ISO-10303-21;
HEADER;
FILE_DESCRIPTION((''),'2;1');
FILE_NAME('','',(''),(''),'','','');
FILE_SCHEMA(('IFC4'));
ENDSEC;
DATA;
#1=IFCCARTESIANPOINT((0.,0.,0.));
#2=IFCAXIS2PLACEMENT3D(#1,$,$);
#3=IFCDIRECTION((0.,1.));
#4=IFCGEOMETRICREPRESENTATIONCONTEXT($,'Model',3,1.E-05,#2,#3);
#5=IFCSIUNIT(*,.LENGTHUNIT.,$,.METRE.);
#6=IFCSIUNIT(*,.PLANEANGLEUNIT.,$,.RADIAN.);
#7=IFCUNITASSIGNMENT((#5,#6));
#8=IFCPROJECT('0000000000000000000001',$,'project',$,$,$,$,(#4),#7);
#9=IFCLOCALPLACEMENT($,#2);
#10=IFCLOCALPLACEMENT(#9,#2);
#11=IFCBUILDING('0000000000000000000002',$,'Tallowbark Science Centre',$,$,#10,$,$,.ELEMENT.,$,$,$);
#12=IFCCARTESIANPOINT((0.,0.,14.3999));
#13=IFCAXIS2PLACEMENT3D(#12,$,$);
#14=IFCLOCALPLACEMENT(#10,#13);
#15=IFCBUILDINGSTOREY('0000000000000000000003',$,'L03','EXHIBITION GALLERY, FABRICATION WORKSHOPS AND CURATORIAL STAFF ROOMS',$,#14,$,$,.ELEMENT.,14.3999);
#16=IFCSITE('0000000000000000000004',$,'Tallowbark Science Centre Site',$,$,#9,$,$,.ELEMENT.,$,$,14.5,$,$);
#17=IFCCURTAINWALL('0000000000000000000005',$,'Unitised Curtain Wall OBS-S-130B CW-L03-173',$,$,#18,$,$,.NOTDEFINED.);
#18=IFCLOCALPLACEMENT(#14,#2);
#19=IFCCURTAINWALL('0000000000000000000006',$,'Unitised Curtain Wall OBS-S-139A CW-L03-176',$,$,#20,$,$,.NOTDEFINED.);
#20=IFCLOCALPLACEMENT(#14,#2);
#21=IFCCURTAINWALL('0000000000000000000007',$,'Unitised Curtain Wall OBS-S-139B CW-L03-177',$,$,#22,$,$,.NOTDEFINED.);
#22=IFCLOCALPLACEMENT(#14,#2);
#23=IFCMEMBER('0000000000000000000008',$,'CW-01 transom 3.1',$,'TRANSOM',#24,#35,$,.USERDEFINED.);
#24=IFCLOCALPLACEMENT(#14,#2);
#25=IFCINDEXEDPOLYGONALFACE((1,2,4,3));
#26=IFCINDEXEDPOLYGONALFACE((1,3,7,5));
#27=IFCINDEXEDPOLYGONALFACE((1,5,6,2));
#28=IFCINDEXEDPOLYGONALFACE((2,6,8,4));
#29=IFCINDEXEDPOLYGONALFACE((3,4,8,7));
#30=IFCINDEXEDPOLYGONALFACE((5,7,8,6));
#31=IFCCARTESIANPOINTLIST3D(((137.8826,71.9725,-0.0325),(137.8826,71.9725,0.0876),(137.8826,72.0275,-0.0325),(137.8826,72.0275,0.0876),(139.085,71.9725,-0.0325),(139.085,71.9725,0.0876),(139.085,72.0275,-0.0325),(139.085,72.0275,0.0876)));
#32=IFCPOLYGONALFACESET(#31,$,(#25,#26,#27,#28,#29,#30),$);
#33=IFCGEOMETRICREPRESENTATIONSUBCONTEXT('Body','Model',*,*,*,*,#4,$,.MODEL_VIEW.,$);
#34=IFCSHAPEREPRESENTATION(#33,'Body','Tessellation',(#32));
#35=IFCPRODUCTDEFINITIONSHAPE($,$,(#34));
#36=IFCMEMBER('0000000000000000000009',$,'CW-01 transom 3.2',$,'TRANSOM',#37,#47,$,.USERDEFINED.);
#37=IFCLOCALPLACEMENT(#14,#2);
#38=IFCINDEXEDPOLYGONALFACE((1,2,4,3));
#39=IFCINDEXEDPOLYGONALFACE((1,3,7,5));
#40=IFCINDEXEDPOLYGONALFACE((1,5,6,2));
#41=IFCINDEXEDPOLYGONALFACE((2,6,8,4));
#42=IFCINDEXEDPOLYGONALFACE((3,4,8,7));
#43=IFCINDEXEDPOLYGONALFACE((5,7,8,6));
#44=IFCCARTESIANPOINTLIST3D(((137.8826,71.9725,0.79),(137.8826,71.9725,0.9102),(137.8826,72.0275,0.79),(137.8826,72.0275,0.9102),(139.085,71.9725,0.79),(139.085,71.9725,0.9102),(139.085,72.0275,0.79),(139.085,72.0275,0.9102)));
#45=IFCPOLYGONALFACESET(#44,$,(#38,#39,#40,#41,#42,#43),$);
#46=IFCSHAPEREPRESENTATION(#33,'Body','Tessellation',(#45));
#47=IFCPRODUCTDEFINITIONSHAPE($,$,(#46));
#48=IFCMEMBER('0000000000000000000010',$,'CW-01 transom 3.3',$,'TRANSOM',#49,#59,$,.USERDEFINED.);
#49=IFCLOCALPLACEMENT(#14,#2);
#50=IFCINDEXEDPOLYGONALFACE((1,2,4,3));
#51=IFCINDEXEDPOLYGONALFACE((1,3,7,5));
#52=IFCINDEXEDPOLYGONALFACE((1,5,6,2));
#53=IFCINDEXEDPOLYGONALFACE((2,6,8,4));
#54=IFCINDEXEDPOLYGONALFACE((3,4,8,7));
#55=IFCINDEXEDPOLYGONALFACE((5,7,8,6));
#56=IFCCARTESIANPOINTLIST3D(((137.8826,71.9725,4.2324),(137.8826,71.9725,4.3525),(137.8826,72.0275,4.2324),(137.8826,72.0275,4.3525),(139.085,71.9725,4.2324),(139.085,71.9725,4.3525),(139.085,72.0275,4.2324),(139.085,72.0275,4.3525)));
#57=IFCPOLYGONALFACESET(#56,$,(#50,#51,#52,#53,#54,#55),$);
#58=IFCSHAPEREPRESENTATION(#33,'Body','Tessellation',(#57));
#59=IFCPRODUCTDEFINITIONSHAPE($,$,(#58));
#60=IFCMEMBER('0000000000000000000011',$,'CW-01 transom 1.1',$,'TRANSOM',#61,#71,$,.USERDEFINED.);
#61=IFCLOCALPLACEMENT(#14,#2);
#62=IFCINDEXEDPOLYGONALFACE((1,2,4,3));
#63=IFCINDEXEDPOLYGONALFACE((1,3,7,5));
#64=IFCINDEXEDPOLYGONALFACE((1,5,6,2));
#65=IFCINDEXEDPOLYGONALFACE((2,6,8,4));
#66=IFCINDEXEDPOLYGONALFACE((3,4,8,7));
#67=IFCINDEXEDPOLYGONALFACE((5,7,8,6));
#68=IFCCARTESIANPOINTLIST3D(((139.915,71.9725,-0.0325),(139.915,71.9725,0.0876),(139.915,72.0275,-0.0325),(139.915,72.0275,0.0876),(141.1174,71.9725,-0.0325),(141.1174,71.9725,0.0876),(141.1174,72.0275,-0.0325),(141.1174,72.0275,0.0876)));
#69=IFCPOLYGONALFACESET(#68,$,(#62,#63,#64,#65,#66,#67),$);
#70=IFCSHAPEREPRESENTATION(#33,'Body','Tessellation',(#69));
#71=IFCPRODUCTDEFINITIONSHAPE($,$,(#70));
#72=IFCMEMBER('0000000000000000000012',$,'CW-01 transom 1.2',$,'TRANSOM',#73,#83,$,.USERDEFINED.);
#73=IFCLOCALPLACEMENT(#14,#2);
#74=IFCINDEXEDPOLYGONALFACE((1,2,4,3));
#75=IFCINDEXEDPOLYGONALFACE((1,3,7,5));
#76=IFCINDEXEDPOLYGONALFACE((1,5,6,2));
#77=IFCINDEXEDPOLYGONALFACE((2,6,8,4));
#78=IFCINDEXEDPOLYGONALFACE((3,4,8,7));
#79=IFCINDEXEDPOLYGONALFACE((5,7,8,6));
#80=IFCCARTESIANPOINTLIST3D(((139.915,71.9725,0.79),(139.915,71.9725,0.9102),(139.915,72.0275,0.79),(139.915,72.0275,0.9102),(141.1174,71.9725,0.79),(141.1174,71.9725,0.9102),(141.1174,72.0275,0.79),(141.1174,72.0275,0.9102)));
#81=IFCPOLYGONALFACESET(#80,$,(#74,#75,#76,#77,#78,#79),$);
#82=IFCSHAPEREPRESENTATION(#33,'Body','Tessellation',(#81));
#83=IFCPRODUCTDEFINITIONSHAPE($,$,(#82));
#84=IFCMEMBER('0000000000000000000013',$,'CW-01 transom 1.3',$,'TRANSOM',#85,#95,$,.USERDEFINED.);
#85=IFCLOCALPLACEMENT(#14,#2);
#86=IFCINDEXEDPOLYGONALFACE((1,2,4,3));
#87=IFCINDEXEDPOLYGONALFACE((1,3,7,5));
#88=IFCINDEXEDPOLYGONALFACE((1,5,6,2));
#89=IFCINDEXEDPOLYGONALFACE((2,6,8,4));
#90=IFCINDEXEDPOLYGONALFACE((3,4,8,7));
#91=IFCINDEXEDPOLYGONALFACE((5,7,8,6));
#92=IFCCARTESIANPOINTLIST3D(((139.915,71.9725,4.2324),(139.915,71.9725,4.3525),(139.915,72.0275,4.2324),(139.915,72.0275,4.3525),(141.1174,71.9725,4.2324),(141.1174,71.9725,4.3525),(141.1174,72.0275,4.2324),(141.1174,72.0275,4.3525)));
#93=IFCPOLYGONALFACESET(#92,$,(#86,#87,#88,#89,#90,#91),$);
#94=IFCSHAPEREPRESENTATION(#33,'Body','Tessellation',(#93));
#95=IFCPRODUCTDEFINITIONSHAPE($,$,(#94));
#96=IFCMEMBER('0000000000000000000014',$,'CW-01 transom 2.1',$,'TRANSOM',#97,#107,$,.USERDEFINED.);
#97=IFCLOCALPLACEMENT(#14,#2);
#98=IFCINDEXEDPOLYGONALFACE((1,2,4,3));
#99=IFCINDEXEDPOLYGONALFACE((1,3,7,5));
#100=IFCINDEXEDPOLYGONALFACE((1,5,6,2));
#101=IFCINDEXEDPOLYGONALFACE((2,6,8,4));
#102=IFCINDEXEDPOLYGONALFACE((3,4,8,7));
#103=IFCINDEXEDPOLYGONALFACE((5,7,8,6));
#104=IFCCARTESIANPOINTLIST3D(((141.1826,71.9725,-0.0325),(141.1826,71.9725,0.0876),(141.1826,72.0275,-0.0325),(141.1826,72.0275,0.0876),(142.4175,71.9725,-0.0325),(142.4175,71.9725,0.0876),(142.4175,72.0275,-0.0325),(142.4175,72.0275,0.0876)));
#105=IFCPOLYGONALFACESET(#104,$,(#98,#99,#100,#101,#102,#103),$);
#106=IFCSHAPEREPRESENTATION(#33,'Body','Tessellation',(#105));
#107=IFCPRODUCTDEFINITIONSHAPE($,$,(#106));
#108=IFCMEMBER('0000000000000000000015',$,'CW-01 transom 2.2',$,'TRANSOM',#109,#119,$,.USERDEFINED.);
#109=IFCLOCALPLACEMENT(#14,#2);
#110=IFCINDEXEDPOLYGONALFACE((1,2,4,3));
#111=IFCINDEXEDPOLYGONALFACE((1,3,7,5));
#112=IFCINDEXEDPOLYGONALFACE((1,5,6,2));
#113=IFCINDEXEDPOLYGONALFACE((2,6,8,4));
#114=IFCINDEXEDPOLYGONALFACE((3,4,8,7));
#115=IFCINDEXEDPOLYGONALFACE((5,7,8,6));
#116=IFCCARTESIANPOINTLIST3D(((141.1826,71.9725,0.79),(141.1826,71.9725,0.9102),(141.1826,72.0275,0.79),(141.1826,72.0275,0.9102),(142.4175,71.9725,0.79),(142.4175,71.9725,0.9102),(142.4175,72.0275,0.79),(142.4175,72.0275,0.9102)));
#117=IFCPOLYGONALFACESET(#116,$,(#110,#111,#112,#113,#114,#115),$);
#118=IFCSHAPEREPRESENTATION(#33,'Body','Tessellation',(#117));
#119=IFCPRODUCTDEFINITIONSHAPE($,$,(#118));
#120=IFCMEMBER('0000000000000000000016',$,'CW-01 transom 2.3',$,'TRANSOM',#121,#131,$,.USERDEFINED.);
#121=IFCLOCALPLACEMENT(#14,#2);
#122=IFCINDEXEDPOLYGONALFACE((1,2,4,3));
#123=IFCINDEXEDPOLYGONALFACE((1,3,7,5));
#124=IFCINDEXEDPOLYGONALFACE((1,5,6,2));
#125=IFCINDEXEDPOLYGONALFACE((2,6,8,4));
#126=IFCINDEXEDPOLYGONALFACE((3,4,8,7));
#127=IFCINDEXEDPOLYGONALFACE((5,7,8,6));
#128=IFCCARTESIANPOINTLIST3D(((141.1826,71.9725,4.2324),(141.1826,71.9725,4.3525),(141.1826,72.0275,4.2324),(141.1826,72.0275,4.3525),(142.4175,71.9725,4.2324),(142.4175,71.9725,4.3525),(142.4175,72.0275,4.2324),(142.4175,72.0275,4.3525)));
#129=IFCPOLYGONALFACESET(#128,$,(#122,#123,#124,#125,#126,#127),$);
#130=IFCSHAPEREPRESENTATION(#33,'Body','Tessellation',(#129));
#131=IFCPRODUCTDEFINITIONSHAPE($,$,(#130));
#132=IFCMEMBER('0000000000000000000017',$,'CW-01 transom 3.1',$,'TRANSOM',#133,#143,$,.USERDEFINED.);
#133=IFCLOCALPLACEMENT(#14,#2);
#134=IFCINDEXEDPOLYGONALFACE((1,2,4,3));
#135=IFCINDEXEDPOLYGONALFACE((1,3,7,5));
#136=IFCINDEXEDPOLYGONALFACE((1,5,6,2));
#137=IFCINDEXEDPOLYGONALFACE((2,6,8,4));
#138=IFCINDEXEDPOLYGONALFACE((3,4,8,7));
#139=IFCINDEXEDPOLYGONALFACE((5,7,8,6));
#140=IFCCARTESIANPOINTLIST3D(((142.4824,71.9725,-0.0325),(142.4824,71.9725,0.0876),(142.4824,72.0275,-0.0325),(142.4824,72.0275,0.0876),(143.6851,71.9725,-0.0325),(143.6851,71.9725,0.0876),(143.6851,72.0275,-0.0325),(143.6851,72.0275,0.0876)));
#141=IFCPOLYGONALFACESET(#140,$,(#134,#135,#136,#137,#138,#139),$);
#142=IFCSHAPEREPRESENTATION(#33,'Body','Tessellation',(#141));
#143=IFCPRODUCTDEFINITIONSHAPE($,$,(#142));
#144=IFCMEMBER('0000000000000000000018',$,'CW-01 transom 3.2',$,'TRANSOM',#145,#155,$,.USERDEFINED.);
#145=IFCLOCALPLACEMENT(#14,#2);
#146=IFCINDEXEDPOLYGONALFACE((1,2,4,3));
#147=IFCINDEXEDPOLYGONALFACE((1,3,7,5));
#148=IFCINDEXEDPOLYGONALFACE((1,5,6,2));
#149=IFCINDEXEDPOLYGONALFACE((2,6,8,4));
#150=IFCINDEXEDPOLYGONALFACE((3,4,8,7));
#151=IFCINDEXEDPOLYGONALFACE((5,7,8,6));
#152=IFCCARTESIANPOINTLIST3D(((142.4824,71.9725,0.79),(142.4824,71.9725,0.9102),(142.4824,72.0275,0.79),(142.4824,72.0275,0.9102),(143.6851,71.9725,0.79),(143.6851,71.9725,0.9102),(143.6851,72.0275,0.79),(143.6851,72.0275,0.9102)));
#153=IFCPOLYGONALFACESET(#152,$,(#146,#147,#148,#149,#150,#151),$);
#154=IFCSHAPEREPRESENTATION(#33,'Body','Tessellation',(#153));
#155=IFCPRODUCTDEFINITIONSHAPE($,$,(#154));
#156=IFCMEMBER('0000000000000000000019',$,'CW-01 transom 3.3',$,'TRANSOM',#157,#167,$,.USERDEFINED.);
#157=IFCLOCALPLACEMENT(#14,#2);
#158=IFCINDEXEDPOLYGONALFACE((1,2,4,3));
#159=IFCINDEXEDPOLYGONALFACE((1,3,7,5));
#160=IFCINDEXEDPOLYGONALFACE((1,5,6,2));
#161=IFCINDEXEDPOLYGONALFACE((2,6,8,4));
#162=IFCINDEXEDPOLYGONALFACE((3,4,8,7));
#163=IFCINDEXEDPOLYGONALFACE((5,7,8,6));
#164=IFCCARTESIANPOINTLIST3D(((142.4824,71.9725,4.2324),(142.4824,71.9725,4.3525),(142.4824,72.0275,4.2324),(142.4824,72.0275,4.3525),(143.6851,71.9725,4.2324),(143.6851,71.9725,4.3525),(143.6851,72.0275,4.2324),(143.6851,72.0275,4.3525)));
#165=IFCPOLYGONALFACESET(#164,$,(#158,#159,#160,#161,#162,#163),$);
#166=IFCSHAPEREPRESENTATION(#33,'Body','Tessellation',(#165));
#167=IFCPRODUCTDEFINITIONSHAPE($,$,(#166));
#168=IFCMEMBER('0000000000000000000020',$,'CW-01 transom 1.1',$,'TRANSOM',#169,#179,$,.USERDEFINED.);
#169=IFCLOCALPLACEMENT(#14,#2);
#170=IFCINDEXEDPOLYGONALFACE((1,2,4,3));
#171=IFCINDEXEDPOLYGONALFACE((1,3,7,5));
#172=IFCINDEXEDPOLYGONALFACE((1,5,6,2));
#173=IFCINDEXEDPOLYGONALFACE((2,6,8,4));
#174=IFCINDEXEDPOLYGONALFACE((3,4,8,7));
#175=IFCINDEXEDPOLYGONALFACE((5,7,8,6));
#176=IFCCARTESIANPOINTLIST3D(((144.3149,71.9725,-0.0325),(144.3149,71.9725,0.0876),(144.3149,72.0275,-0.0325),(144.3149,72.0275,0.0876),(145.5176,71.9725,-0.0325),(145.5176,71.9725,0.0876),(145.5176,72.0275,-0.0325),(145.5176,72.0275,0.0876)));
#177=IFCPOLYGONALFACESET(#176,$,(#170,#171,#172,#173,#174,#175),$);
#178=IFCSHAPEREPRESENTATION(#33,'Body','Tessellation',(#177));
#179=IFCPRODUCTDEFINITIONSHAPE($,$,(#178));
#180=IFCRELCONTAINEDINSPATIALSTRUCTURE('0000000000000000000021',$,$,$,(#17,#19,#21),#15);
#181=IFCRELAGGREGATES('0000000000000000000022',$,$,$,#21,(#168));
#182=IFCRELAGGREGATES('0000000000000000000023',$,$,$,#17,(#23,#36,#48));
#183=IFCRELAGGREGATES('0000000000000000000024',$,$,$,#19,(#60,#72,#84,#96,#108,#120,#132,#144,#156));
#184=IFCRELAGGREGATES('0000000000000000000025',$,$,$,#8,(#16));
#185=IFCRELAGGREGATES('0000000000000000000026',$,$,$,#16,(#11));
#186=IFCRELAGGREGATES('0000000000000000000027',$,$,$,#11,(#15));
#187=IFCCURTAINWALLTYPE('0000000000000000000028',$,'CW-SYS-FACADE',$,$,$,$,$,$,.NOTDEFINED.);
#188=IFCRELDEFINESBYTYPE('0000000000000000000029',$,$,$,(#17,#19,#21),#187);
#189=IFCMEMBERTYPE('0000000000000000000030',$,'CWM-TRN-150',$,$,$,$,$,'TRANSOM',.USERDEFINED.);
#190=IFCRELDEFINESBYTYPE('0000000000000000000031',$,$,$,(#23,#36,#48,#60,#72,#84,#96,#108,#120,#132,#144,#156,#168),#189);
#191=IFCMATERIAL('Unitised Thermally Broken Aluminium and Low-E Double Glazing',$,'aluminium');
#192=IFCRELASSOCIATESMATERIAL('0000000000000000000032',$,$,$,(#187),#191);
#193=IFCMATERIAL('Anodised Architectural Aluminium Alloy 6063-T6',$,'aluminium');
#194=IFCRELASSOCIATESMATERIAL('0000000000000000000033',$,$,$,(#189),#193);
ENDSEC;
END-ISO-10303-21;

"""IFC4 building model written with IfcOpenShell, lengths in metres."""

from ifc_helpers import new_model, si_unit, direction, frame, origin, origin_2d, place, context, subcontext, project, spatial, rectangle, extrude, material, material_profile, profile_set, type_object, element, aggregate, save


model = new_model("IFC4")

# Units and contexts
model_context = context("Model", 3, precision=1e-05, world=origin(), true_north=direction((0.0, 1.0)))
body_context = subcontext(model_context, "Body", "Model", "MODEL_VIEW")
ifc_project = project(units=[si_unit("LENGTHUNIT", "METRE"), si_unit("PLANEANGLEUNIT", "RADIAN")], contexts=[model_context])

# Site, building, storey
site_placement = place(None, origin())
site = spatial("IfcSite", under=ifc_project, at=site_placement, Name="Tallowbark Science Centre Site", CompositionType="ELEMENT", RefElevation=14.5)
building_placement = place(site_placement, origin())
building = spatial("IfcBuilding", under=site, at=building_placement, Name="Tallowbark Science Centre", CompositionType="ELEMENT")
storey_placement = place(building_placement, frame((0.0, 0.0, 14.3999)))
storey = spatial("IfcBuildingStorey", under=building, at=storey_placement, Name="L03", Description="EXHIBITION GALLERY, FABRICATION WORKSHOPS AND CURATORIAL STAFF ROOMS", CompositionType="ELEMENT", Elevation=14.3999)

# Curtain walls
ifc_material_1 = material(Name="Unitised Thermally Broken Aluminium and Low-E Double Glazing", Category="aluminium")
curtain_wall_type = type_object("IfcCurtainWallType", Name="CW-SYS-FACADE", PredefinedType="NOTDEFINED", material=ifc_material_1)
curtain_wall_1_placement = place(storey_placement, origin())
curtain_wall_1 = element("IfcCurtainWall", 1, at=curtain_wall_1_placement, inside=storey, type_object=curtain_wall_type, Name="Unitised Curtain Wall OBS-S-130B CW-L03-173", PredefinedType="NOTDEFINED")
ifc_material_2 = material(Name="Anodised Architectural Aluminium Alloy 6063-T6", Category="aluminium")
curtain_wall_2_placement = place(storey_placement, origin())
curtain_wall_2 = element("IfcCurtainWall", 2, at=curtain_wall_2_placement, inside=storey, type_object=curtain_wall_type, Name="Unitised Curtain Wall OBS-S-139A CW-L03-176", PredefinedType="NOTDEFINED")

# Curtain wall
curtain_wall_3_placement = place(storey_placement, origin())
curtain_wall_3 = element("IfcCurtainWall", 3, at=curtain_wall_3_placement, inside=storey, type_object=curtain_wall_type, Name="Unitised Curtain Wall OBS-S-139B CW-L03-177", PredefinedType="NOTDEFINED")

# Members
ifc_material_profile_1 = material_profile(ifc_material_2, rectangle(XDim=0.0549, YDim=0.1201, at=origin_2d()), Name="ALU55x120")
ifc_profile_set_1 = profile_set([ifc_material_profile_1], Name="Anodised Architectural Aluminium Alloy 6063-T6")
member_type_1 = type_object("IfcMemberType", Name="CWM-TRN-150", ElementType="TRANSOM", PredefinedType="USERDEFINED", material=ifc_profile_set_1)
member_1_placement = place(storey_placement, frame((137.8826, 72.0, 0.0276), z_axis=(1.0, 0.0, 0.0), x_axis=(0.0, 1.0, 0.0)))
member_1 = element("IfcMember", 4, at=member_1_placement, type_object=member_type_1, Name="CW-01 transom 3.1", ObjectType="TRANSOM", PredefinedType="USERDEFINED", context=body_context, shape_type="SweptSolid", body=[
    extrude(rectangle(XDim=0.0549, YDim=0.1201, at=origin_2d()), origin(), (0.0, 0.0, 1.0), 1.2024),
])
member_2_placement = place(storey_placement, frame((137.8826, 72.0, 0.8501), z_axis=(1.0, 0.0, 0.0), x_axis=(0.0, 1.0, 0.0)))
member_2 = element("IfcMember", 5, at=member_2_placement, type_object=member_type_1, Name="CW-01 transom 3.2", ObjectType="TRANSOM", PredefinedType="USERDEFINED", context=body_context, shape_type="SweptSolid", body=[
    extrude(rectangle(XDim=0.0549, YDim=0.1201, at=origin_2d()), origin(), (0.0, 0.0, 1.0), 1.2024),
])
member_3_placement = place(storey_placement, frame((137.8826, 72.0, 4.2925), z_axis=(1.0, 0.0, 0.0), x_axis=(0.0, 1.0, 0.0)))
member_3 = element("IfcMember", 6, at=member_3_placement, type_object=member_type_1, Name="CW-01 transom 3.3", ObjectType="TRANSOM", PredefinedType="USERDEFINED", context=body_context, shape_type="SweptSolid", body=[
    extrude(rectangle(XDim=0.0549, YDim=0.1201, at=origin_2d()), origin(), (0.0, 0.0, 1.0), 1.2024),
])
member_4_placement = place(storey_placement, frame((139.915, 72.0, 0.0276), z_axis=(1.0, 0.0, 0.0), x_axis=(0.0, 1.0, 0.0)))
member_4 = element("IfcMember", 7, at=member_4_placement, type_object=member_type_1, Name="CW-01 transom 1.1", ObjectType="TRANSOM", PredefinedType="USERDEFINED", context=body_context, shape_type="SweptSolid", body=[
    extrude(rectangle(XDim=0.0549, YDim=0.1201, at=origin_2d()), origin(), (0.0, 0.0, 1.0), 1.2024),
])
member_5_placement = place(storey_placement, frame((139.915, 72.0, 0.8501), z_axis=(1.0, 0.0, 0.0), x_axis=(0.0, 1.0, 0.0)))
member_5 = element("IfcMember", 8, at=member_5_placement, type_object=member_type_1, Name="CW-01 transom 1.2", ObjectType="TRANSOM", PredefinedType="USERDEFINED", context=body_context, shape_type="SweptSolid", body=[
    extrude(rectangle(XDim=0.0549, YDim=0.1201, at=origin_2d()), origin(), (0.0, 0.0, 1.0), 1.2024),
])
member_6_placement = place(storey_placement, frame((139.915, 72.0, 4.2925), z_axis=(1.0, 0.0, 0.0), x_axis=(0.0, 1.0, 0.0)))
member_6 = element("IfcMember", 9, at=member_6_placement, type_object=member_type_1, Name="CW-01 transom 1.3", ObjectType="TRANSOM", PredefinedType="USERDEFINED", context=body_context, shape_type="SweptSolid", body=[
    extrude(rectangle(XDim=0.0549, YDim=0.1201, at=origin_2d()), origin(), (0.0, 0.0, 1.0), 1.2024),
])
member_7_placement = place(storey_placement, frame((141.1826, 72.0, 0.0276), z_axis=(1.0, 0.0, 0.0), x_axis=(0.0, 1.0, 0.0)))
member_7 = element("IfcMember", 10, at=member_7_placement, type_object=member_type_1, Name="CW-01 transom 2.1", ObjectType="TRANSOM", PredefinedType="USERDEFINED", context=body_context, shape_type="SweptSolid", body=[
    extrude(rectangle(XDim=0.0549, YDim=0.1201, at=origin_2d()), origin(), (0.0, 0.0, 1.0), 1.2349),
])
member_8_placement = place(storey_placement, frame((141.1826, 72.0, 0.8501), z_axis=(1.0, 0.0, 0.0), x_axis=(0.0, 1.0, 0.0)))
member_8 = element("IfcMember", 11, at=member_8_placement, type_object=member_type_1, Name="CW-01 transom 2.2", ObjectType="TRANSOM", PredefinedType="USERDEFINED", context=body_context, shape_type="SweptSolid", body=[
    extrude(rectangle(XDim=0.0549, YDim=0.1201, at=origin_2d()), origin(), (0.0, 0.0, 1.0), 1.2349),
])
member_9_placement = place(storey_placement, frame((141.1826, 72.0, 4.2925), z_axis=(1.0, 0.0, 0.0), x_axis=(0.0, 1.0, 0.0)))
member_9 = element("IfcMember", 12, at=member_9_placement, type_object=member_type_1, Name="CW-01 transom 2.3", ObjectType="TRANSOM", PredefinedType="USERDEFINED", context=body_context, shape_type="SweptSolid", body=[
    extrude(rectangle(XDim=0.0549, YDim=0.1201, at=origin_2d()), origin(), (0.0, 0.0, 1.0), 1.2349),
])
member_10_placement = place(storey_placement, frame((142.4824, 72.0, 0.0276), z_axis=(1.0, 0.0, 0.0), x_axis=(0.0, 1.0, 0.0)))
member_10 = element("IfcMember", 13, at=member_10_placement, type_object=member_type_1, Name="CW-01 transom 3.1", ObjectType="TRANSOM", PredefinedType="USERDEFINED", context=body_context, shape_type="SweptSolid", body=[
    extrude(rectangle(XDim=0.0549, YDim=0.1201, at=origin_2d()), origin(), (0.0, 0.0, 1.0), 1.2026),
])
member_11_placement = place(storey_placement, frame((142.4824, 72.0, 0.8501), z_axis=(1.0, 0.0, 0.0), x_axis=(0.0, 1.0, 0.0)))
member_11 = element("IfcMember", 14, at=member_11_placement, type_object=member_type_1, Name="CW-01 transom 3.2", ObjectType="TRANSOM", PredefinedType="USERDEFINED", context=body_context, shape_type="SweptSolid", body=[
    extrude(rectangle(XDim=0.0549, YDim=0.1201, at=origin_2d()), origin(), (0.0, 0.0, 1.0), 1.2026),
])
member_12_placement = place(storey_placement, frame((142.4824, 72.0, 4.2925), z_axis=(1.0, 0.0, 0.0), x_axis=(0.0, 1.0, 0.0)))
member_12 = element("IfcMember", 15, at=member_12_placement, type_object=member_type_1, Name="CW-01 transom 3.3", ObjectType="TRANSOM", PredefinedType="USERDEFINED", context=body_context, shape_type="SweptSolid", body=[
    extrude(rectangle(XDim=0.0549, YDim=0.1201, at=origin_2d()), origin(), (0.0, 0.0, 1.0), 1.2026),
])
member_13_placement = place(storey_placement, frame((144.3149, 72.0, 0.0276), z_axis=(1.0, 0.0, 0.0), x_axis=(0.0, 1.0, 0.0)))
member_13 = element("IfcMember", 16, at=member_13_placement, type_object=member_type_1, Name="CW-01 transom 1.1", ObjectType="TRANSOM", PredefinedType="USERDEFINED", context=body_context, shape_type="SweptSolid", body=[
    extrude(rectangle(XDim=0.0549, YDim=0.1201, at=origin_2d()), origin(), (0.0, 0.0, 1.0), 1.2026),
])
aggregate(curtain_wall_3, [member_13])

aggregate(curtain_wall_1, [member_1, member_2, member_3])
aggregate(curtain_wall_2, [member_4, member_5, member_6, member_7, member_8, member_9, member_10, member_11, member_12])

save(model, "model.ifc")
